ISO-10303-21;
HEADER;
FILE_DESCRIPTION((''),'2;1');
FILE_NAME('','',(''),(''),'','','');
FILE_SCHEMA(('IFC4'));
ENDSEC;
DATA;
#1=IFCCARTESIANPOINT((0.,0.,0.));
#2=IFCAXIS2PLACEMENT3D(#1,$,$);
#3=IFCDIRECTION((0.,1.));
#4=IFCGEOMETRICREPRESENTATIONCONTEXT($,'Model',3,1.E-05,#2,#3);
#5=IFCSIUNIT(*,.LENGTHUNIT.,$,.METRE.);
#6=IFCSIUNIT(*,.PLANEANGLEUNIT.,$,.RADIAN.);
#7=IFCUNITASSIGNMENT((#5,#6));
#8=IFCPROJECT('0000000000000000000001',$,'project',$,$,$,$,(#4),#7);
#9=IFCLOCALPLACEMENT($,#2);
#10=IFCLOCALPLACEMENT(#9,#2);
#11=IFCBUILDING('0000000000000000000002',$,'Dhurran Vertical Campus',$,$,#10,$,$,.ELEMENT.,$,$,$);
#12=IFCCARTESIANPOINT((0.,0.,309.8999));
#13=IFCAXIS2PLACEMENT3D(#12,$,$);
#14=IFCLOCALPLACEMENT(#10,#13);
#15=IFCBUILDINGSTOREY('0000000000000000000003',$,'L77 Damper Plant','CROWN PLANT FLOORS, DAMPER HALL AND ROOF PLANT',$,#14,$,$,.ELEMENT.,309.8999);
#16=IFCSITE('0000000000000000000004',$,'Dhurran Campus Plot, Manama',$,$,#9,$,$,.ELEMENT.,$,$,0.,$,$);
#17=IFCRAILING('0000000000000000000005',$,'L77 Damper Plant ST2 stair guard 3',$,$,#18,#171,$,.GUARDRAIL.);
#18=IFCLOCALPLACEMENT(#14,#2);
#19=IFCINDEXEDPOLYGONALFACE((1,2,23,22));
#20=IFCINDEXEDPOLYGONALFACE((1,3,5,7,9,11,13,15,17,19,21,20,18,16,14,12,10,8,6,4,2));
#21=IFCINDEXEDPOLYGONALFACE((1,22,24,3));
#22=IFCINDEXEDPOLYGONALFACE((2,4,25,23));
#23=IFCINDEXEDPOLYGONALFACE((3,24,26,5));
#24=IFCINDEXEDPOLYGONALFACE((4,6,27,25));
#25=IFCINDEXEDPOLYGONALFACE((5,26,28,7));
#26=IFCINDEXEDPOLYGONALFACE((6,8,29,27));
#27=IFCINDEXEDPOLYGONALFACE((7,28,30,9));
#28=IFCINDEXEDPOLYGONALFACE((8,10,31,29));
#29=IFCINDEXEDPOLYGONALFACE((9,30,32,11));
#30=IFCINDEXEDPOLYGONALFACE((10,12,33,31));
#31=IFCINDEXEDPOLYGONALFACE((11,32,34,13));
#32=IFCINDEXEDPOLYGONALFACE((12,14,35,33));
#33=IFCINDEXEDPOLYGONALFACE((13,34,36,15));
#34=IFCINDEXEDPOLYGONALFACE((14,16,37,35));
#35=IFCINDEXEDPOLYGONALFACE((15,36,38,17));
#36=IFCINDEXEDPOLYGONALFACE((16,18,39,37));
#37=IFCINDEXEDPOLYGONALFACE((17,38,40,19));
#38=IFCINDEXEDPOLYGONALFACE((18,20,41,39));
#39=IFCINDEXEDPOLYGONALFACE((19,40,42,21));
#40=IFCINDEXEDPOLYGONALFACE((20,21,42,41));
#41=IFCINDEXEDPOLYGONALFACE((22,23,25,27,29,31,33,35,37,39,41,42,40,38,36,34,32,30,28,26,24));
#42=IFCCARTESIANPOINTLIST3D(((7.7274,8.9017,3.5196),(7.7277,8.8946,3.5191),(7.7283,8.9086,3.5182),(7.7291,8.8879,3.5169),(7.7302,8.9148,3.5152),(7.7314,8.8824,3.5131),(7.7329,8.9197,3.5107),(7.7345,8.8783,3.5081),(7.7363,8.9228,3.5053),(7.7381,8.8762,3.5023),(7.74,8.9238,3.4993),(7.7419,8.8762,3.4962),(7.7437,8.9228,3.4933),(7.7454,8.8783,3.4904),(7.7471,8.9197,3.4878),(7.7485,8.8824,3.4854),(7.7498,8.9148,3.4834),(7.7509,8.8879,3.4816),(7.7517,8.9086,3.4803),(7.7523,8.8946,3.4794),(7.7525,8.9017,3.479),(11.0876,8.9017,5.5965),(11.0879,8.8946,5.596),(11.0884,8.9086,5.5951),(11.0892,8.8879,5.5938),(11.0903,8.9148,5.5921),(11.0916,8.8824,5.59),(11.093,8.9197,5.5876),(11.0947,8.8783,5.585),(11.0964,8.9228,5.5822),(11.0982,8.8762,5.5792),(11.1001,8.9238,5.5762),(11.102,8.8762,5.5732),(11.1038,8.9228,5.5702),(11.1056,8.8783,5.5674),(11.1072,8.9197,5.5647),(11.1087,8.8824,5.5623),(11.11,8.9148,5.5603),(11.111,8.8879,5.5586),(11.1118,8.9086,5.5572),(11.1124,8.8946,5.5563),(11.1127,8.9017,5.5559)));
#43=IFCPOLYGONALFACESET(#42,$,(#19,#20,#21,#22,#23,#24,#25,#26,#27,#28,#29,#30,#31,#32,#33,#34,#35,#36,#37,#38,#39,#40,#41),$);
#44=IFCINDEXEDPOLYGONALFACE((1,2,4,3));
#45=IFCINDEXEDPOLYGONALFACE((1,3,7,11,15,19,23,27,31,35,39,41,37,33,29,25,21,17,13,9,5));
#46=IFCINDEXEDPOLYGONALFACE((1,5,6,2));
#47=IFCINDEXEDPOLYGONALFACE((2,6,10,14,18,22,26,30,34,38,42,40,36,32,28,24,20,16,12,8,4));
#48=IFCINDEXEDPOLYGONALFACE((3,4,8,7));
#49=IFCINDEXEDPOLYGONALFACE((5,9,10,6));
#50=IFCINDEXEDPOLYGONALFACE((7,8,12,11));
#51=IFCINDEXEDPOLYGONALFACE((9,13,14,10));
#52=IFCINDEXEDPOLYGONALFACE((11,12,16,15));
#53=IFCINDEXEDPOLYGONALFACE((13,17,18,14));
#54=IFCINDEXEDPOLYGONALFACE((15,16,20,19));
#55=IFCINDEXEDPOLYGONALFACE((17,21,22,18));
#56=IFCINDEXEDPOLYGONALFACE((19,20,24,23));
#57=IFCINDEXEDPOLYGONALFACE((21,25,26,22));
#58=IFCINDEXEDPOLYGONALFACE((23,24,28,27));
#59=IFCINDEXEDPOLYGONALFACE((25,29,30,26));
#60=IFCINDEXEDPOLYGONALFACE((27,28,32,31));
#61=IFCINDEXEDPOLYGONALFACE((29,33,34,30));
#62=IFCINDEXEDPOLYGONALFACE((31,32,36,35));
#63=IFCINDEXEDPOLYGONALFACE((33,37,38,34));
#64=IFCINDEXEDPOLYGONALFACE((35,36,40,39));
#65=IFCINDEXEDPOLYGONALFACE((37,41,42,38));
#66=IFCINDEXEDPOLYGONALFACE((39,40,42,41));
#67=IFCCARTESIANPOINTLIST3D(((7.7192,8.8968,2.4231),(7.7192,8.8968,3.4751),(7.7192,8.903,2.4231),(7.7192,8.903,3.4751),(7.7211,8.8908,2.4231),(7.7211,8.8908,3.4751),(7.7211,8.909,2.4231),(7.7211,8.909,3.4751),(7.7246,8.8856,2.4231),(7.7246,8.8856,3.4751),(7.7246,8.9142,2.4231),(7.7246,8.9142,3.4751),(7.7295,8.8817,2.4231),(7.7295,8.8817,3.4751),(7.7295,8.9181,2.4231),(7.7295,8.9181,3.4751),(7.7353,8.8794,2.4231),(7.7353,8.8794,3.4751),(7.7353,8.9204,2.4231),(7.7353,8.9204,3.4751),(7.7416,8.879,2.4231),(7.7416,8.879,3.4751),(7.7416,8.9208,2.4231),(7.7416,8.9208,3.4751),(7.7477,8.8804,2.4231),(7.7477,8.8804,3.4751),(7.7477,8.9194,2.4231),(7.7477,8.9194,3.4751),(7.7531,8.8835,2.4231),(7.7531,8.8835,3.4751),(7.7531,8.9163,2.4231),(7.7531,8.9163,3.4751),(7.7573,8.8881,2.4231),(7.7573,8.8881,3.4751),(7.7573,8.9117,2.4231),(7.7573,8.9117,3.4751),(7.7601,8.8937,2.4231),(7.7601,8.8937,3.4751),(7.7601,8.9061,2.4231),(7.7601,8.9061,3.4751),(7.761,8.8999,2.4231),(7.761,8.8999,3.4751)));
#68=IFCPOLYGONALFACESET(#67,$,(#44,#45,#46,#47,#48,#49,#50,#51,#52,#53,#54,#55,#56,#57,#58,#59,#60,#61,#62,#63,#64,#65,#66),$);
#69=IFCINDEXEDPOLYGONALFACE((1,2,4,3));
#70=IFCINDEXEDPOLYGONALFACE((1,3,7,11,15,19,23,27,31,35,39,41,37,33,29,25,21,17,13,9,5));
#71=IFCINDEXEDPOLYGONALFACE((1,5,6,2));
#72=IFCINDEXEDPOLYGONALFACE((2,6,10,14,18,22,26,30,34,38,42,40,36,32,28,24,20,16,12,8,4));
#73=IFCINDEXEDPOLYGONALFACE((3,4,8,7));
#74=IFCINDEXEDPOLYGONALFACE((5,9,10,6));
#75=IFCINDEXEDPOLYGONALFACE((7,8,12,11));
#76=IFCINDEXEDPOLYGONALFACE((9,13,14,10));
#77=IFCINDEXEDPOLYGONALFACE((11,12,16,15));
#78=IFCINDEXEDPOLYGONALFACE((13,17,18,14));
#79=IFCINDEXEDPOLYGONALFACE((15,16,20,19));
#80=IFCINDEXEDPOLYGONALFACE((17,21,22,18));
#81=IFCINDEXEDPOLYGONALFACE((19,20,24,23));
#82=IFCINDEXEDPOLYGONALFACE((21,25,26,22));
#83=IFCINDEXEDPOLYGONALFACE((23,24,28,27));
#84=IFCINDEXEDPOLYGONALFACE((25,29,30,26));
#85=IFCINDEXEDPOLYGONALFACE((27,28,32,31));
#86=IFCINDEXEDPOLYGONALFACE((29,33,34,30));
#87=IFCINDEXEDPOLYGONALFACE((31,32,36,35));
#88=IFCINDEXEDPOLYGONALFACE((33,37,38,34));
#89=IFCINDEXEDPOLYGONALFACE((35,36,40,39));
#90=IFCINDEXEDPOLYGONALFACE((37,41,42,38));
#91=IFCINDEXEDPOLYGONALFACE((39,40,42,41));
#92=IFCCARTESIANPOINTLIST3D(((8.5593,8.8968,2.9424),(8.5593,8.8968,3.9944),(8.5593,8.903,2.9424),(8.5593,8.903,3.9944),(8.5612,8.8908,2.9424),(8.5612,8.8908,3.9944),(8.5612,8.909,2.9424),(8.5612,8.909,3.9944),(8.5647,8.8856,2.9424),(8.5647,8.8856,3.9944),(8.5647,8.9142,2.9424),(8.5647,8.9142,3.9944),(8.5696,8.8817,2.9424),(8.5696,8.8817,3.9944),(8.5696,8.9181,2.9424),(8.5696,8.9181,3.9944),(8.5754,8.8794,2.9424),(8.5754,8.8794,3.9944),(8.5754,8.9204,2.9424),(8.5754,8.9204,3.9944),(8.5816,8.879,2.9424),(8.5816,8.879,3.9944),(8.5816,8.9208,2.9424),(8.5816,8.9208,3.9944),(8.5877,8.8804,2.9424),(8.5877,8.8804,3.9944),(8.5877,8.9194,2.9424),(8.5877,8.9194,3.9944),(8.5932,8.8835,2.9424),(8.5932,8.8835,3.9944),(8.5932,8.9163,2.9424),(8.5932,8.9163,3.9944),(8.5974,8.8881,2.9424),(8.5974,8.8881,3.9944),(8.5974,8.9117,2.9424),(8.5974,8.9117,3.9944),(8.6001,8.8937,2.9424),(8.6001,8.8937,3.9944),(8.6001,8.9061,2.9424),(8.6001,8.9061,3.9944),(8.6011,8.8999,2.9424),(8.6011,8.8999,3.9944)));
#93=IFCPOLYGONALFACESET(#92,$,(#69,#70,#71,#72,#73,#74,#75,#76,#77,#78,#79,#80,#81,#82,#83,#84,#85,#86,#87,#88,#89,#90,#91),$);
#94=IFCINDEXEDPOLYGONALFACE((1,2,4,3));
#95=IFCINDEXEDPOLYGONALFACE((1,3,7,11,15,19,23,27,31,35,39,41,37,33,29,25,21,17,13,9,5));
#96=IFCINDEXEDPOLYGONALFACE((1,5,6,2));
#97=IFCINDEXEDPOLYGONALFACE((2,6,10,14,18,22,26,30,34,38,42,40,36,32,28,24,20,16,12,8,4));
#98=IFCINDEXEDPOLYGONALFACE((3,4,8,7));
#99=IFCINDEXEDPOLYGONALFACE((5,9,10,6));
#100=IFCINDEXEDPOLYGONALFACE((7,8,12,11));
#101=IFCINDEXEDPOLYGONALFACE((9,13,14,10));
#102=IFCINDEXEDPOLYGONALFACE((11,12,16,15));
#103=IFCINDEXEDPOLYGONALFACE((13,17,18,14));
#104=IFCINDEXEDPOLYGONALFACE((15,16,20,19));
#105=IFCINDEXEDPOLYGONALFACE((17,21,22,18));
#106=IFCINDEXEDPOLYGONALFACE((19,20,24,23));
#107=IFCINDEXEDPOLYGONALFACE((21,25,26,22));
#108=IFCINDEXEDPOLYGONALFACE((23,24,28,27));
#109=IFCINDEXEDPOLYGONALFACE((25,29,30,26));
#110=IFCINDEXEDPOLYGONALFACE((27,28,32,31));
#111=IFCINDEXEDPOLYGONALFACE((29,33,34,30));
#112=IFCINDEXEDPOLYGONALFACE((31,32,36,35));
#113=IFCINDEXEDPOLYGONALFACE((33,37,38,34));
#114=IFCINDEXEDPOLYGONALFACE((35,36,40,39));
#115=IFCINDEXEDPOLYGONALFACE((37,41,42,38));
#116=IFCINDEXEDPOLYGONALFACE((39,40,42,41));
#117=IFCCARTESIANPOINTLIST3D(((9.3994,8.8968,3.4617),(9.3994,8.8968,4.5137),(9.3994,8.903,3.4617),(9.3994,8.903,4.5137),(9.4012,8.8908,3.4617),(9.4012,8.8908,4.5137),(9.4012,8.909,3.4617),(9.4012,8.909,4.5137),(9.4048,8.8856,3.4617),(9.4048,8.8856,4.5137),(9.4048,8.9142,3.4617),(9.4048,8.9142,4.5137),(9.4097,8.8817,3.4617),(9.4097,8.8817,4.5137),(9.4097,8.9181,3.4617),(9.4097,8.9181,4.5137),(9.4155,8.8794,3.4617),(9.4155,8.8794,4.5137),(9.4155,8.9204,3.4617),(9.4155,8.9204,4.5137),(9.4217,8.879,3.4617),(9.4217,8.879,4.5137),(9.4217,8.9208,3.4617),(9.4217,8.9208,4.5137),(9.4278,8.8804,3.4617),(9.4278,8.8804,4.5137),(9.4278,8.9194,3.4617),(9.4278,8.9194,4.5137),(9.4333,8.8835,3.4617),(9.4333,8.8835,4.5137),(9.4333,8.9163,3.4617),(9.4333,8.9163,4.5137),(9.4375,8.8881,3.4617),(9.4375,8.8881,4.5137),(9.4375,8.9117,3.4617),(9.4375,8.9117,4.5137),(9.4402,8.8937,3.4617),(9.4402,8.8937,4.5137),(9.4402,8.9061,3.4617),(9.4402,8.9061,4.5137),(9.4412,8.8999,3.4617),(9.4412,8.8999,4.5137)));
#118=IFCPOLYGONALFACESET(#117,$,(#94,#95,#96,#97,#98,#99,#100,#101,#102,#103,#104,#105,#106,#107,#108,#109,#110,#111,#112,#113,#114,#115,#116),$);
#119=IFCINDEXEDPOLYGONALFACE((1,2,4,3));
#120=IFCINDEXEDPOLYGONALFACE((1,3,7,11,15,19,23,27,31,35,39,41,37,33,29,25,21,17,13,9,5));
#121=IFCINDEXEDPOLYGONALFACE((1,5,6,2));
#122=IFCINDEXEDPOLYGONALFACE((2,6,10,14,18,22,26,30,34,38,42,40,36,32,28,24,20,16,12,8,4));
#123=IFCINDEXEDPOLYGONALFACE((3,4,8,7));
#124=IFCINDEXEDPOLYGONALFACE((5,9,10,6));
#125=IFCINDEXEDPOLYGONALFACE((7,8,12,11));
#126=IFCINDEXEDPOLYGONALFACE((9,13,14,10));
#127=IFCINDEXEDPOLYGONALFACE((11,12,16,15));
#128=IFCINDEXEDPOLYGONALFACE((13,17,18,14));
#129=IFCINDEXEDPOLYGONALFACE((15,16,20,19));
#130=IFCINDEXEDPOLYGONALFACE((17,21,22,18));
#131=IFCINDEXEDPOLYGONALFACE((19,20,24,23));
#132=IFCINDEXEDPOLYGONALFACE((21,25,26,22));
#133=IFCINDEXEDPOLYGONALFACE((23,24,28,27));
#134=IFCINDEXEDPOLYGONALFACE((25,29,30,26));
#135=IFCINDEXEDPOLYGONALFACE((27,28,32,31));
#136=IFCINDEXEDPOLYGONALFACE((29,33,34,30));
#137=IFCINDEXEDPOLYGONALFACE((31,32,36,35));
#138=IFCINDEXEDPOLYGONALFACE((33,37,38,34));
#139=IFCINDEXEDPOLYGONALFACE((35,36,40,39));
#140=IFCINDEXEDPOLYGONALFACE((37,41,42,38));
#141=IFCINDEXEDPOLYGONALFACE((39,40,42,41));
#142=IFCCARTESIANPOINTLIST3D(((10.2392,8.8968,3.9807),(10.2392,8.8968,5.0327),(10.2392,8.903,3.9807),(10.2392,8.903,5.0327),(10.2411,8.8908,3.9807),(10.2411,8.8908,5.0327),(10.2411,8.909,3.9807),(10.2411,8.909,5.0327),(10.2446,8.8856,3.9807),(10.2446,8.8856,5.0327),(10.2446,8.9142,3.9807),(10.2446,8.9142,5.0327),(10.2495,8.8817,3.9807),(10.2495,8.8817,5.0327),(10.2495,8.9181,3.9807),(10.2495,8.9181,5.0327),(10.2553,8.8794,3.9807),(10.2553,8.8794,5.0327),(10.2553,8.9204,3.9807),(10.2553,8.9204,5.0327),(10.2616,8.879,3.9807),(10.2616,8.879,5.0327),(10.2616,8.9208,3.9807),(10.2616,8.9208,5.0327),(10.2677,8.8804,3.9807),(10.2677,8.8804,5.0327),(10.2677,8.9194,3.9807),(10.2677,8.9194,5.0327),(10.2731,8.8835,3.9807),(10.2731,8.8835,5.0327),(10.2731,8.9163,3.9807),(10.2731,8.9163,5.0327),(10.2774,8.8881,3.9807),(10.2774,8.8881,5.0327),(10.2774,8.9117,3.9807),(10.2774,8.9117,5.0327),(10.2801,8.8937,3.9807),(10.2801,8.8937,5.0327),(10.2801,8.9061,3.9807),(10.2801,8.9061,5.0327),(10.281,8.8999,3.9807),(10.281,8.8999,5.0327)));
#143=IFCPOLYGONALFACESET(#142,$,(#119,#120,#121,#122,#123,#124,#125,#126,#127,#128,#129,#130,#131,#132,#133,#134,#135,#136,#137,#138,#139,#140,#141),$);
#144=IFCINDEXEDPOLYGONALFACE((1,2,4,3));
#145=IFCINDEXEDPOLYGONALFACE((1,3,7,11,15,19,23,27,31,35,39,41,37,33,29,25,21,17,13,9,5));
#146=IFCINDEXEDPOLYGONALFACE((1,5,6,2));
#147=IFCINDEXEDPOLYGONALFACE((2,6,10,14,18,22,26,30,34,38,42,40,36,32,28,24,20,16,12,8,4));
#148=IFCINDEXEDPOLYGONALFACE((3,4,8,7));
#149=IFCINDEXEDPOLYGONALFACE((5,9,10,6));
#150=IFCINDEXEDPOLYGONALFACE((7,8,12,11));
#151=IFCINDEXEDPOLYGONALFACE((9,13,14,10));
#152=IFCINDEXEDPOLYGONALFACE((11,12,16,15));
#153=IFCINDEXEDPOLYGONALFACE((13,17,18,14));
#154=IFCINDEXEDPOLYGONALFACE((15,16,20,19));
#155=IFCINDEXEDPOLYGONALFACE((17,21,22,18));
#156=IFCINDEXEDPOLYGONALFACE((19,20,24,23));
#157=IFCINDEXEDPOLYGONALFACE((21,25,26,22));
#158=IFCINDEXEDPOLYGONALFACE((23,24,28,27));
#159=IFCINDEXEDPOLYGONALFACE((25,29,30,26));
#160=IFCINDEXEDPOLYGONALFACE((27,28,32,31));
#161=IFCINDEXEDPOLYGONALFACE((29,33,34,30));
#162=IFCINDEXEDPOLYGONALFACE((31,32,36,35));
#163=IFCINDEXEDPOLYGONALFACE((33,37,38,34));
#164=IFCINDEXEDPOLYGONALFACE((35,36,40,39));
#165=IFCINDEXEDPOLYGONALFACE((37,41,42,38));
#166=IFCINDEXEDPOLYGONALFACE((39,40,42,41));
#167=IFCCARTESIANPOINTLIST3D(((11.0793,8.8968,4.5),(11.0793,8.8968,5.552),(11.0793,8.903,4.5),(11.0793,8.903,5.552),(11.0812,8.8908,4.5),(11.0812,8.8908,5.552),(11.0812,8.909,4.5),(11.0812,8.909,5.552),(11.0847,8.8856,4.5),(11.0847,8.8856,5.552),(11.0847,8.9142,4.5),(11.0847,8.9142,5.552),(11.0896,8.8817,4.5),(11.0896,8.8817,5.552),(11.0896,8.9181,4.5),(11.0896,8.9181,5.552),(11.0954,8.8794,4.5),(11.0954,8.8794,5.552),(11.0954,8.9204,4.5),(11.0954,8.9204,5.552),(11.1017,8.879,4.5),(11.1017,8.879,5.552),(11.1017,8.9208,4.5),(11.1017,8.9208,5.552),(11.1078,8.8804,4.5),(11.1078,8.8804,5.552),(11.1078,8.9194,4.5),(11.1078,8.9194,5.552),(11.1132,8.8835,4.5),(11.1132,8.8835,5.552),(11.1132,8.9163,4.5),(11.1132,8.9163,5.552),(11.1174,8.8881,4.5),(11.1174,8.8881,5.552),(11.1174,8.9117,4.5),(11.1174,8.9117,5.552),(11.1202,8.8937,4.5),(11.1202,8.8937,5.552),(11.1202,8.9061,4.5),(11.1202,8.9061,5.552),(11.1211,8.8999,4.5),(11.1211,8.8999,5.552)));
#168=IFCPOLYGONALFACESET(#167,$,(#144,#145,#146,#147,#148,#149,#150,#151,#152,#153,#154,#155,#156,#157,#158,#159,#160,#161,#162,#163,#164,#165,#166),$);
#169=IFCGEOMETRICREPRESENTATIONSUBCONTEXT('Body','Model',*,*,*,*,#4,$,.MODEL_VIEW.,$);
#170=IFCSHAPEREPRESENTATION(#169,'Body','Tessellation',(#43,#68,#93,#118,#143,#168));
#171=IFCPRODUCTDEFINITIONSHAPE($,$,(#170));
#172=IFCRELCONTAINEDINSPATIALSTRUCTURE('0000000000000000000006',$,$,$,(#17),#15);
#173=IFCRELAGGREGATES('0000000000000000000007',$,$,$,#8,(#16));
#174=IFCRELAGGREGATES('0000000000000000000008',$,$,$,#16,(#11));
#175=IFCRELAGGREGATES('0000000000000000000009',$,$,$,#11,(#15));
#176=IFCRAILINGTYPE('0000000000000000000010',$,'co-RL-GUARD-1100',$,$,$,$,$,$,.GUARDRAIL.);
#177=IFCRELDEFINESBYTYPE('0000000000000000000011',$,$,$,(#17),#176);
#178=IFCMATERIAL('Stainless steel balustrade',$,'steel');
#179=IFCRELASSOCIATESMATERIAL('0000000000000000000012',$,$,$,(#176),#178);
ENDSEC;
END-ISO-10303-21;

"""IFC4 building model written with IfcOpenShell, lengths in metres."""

from ifc_helpers import new_model, si_unit, direction, frame, origin, origin_2d, place, context, subcontext, project, spatial, circle, extrude, material, type_object, element, save


model = new_model("IFC4")

# Units and contexts
model_context = context("Model", 3, precision=1e-05, world=origin(), true_north=direction((0.0, 1.0)))
body_context = subcontext(model_context, "Body", "Model", "MODEL_VIEW")
ifc_project = project(units=[si_unit("LENGTHUNIT", "METRE"), si_unit("PLANEANGLEUNIT", "RADIAN")], contexts=[model_context])

# Site, building, storey
site_placement = place(None, origin())
site = spatial("IfcSite", under=ifc_project, at=site_placement, Name="Dhurran Campus Plot, Manama", CompositionType="ELEMENT", RefElevation=0.0)
building_placement = place(site_placement, origin())
building = spatial("IfcBuilding", under=site, at=building_placement, Name="Dhurran Vertical Campus", CompositionType="ELEMENT")
storey_placement = place(building_placement, frame((0.0, 0.0, 309.8999)))
storey = spatial("IfcBuildingStorey", under=building, at=storey_placement, Name="L77 Damper Plant", Description="CROWN PLANT FLOORS, DAMPER HALL AND ROOF PLANT", CompositionType="ELEMENT", Elevation=309.8999)

# Railing
ifc_material_1 = material(Name="Stainless steel balustrade", Category="steel")
railing_type = type_object("IfcRailingType", Name="co-RL-GUARD-1100", PredefinedType="GUARDRAIL", material=ifc_material_1)
railing_1_placement = place(storey_placement, frame((7.74, 8.8999, 2.4231)))
element("IfcRailing", 1, at=railing_1_placement, inside=storey, type_object=railing_type, Name="L77 Damper Plant ST2 stair guard 3", PredefinedType="GUARDRAIL", context=body_context, shape_type="SweptSolid", body=[
    extrude(circle(Radius=0.0239, at=origin_2d()), frame((0.0, 0.0, 1.0762), z_axis=(0.850623, 0.0, 0.525776), x_axis=(0.0, 1.0, 0.0)), (0.0, 0.0, 1.0), 3.9502),
    extrude(circle(Radius=0.021, at=origin_2d()), origin(), (0.0, 0.0, 1.0), 1.052),
    extrude(circle(Radius=0.021, at=origin_2d()), frame((0.8401, 0.0, 0.5193)), (0.0, 0.0, 1.0), 1.052),
    extrude(circle(Radius=0.021, at=origin_2d()), frame((1.6802, 0.0, 1.0386)), (0.0, 0.0, 1.0), 1.052),
    extrude(circle(Radius=0.021, at=origin_2d()), frame((2.52, 0.0, 1.5576)), (0.0, 0.0, 1.0), 1.052),
    extrude(circle(Radius=0.021, at=origin_2d()), frame((3.3601, 0.0, 2.0769)), (0.0, 0.0, 1.0), 1.052),
])

save(model, "model.ifc")
